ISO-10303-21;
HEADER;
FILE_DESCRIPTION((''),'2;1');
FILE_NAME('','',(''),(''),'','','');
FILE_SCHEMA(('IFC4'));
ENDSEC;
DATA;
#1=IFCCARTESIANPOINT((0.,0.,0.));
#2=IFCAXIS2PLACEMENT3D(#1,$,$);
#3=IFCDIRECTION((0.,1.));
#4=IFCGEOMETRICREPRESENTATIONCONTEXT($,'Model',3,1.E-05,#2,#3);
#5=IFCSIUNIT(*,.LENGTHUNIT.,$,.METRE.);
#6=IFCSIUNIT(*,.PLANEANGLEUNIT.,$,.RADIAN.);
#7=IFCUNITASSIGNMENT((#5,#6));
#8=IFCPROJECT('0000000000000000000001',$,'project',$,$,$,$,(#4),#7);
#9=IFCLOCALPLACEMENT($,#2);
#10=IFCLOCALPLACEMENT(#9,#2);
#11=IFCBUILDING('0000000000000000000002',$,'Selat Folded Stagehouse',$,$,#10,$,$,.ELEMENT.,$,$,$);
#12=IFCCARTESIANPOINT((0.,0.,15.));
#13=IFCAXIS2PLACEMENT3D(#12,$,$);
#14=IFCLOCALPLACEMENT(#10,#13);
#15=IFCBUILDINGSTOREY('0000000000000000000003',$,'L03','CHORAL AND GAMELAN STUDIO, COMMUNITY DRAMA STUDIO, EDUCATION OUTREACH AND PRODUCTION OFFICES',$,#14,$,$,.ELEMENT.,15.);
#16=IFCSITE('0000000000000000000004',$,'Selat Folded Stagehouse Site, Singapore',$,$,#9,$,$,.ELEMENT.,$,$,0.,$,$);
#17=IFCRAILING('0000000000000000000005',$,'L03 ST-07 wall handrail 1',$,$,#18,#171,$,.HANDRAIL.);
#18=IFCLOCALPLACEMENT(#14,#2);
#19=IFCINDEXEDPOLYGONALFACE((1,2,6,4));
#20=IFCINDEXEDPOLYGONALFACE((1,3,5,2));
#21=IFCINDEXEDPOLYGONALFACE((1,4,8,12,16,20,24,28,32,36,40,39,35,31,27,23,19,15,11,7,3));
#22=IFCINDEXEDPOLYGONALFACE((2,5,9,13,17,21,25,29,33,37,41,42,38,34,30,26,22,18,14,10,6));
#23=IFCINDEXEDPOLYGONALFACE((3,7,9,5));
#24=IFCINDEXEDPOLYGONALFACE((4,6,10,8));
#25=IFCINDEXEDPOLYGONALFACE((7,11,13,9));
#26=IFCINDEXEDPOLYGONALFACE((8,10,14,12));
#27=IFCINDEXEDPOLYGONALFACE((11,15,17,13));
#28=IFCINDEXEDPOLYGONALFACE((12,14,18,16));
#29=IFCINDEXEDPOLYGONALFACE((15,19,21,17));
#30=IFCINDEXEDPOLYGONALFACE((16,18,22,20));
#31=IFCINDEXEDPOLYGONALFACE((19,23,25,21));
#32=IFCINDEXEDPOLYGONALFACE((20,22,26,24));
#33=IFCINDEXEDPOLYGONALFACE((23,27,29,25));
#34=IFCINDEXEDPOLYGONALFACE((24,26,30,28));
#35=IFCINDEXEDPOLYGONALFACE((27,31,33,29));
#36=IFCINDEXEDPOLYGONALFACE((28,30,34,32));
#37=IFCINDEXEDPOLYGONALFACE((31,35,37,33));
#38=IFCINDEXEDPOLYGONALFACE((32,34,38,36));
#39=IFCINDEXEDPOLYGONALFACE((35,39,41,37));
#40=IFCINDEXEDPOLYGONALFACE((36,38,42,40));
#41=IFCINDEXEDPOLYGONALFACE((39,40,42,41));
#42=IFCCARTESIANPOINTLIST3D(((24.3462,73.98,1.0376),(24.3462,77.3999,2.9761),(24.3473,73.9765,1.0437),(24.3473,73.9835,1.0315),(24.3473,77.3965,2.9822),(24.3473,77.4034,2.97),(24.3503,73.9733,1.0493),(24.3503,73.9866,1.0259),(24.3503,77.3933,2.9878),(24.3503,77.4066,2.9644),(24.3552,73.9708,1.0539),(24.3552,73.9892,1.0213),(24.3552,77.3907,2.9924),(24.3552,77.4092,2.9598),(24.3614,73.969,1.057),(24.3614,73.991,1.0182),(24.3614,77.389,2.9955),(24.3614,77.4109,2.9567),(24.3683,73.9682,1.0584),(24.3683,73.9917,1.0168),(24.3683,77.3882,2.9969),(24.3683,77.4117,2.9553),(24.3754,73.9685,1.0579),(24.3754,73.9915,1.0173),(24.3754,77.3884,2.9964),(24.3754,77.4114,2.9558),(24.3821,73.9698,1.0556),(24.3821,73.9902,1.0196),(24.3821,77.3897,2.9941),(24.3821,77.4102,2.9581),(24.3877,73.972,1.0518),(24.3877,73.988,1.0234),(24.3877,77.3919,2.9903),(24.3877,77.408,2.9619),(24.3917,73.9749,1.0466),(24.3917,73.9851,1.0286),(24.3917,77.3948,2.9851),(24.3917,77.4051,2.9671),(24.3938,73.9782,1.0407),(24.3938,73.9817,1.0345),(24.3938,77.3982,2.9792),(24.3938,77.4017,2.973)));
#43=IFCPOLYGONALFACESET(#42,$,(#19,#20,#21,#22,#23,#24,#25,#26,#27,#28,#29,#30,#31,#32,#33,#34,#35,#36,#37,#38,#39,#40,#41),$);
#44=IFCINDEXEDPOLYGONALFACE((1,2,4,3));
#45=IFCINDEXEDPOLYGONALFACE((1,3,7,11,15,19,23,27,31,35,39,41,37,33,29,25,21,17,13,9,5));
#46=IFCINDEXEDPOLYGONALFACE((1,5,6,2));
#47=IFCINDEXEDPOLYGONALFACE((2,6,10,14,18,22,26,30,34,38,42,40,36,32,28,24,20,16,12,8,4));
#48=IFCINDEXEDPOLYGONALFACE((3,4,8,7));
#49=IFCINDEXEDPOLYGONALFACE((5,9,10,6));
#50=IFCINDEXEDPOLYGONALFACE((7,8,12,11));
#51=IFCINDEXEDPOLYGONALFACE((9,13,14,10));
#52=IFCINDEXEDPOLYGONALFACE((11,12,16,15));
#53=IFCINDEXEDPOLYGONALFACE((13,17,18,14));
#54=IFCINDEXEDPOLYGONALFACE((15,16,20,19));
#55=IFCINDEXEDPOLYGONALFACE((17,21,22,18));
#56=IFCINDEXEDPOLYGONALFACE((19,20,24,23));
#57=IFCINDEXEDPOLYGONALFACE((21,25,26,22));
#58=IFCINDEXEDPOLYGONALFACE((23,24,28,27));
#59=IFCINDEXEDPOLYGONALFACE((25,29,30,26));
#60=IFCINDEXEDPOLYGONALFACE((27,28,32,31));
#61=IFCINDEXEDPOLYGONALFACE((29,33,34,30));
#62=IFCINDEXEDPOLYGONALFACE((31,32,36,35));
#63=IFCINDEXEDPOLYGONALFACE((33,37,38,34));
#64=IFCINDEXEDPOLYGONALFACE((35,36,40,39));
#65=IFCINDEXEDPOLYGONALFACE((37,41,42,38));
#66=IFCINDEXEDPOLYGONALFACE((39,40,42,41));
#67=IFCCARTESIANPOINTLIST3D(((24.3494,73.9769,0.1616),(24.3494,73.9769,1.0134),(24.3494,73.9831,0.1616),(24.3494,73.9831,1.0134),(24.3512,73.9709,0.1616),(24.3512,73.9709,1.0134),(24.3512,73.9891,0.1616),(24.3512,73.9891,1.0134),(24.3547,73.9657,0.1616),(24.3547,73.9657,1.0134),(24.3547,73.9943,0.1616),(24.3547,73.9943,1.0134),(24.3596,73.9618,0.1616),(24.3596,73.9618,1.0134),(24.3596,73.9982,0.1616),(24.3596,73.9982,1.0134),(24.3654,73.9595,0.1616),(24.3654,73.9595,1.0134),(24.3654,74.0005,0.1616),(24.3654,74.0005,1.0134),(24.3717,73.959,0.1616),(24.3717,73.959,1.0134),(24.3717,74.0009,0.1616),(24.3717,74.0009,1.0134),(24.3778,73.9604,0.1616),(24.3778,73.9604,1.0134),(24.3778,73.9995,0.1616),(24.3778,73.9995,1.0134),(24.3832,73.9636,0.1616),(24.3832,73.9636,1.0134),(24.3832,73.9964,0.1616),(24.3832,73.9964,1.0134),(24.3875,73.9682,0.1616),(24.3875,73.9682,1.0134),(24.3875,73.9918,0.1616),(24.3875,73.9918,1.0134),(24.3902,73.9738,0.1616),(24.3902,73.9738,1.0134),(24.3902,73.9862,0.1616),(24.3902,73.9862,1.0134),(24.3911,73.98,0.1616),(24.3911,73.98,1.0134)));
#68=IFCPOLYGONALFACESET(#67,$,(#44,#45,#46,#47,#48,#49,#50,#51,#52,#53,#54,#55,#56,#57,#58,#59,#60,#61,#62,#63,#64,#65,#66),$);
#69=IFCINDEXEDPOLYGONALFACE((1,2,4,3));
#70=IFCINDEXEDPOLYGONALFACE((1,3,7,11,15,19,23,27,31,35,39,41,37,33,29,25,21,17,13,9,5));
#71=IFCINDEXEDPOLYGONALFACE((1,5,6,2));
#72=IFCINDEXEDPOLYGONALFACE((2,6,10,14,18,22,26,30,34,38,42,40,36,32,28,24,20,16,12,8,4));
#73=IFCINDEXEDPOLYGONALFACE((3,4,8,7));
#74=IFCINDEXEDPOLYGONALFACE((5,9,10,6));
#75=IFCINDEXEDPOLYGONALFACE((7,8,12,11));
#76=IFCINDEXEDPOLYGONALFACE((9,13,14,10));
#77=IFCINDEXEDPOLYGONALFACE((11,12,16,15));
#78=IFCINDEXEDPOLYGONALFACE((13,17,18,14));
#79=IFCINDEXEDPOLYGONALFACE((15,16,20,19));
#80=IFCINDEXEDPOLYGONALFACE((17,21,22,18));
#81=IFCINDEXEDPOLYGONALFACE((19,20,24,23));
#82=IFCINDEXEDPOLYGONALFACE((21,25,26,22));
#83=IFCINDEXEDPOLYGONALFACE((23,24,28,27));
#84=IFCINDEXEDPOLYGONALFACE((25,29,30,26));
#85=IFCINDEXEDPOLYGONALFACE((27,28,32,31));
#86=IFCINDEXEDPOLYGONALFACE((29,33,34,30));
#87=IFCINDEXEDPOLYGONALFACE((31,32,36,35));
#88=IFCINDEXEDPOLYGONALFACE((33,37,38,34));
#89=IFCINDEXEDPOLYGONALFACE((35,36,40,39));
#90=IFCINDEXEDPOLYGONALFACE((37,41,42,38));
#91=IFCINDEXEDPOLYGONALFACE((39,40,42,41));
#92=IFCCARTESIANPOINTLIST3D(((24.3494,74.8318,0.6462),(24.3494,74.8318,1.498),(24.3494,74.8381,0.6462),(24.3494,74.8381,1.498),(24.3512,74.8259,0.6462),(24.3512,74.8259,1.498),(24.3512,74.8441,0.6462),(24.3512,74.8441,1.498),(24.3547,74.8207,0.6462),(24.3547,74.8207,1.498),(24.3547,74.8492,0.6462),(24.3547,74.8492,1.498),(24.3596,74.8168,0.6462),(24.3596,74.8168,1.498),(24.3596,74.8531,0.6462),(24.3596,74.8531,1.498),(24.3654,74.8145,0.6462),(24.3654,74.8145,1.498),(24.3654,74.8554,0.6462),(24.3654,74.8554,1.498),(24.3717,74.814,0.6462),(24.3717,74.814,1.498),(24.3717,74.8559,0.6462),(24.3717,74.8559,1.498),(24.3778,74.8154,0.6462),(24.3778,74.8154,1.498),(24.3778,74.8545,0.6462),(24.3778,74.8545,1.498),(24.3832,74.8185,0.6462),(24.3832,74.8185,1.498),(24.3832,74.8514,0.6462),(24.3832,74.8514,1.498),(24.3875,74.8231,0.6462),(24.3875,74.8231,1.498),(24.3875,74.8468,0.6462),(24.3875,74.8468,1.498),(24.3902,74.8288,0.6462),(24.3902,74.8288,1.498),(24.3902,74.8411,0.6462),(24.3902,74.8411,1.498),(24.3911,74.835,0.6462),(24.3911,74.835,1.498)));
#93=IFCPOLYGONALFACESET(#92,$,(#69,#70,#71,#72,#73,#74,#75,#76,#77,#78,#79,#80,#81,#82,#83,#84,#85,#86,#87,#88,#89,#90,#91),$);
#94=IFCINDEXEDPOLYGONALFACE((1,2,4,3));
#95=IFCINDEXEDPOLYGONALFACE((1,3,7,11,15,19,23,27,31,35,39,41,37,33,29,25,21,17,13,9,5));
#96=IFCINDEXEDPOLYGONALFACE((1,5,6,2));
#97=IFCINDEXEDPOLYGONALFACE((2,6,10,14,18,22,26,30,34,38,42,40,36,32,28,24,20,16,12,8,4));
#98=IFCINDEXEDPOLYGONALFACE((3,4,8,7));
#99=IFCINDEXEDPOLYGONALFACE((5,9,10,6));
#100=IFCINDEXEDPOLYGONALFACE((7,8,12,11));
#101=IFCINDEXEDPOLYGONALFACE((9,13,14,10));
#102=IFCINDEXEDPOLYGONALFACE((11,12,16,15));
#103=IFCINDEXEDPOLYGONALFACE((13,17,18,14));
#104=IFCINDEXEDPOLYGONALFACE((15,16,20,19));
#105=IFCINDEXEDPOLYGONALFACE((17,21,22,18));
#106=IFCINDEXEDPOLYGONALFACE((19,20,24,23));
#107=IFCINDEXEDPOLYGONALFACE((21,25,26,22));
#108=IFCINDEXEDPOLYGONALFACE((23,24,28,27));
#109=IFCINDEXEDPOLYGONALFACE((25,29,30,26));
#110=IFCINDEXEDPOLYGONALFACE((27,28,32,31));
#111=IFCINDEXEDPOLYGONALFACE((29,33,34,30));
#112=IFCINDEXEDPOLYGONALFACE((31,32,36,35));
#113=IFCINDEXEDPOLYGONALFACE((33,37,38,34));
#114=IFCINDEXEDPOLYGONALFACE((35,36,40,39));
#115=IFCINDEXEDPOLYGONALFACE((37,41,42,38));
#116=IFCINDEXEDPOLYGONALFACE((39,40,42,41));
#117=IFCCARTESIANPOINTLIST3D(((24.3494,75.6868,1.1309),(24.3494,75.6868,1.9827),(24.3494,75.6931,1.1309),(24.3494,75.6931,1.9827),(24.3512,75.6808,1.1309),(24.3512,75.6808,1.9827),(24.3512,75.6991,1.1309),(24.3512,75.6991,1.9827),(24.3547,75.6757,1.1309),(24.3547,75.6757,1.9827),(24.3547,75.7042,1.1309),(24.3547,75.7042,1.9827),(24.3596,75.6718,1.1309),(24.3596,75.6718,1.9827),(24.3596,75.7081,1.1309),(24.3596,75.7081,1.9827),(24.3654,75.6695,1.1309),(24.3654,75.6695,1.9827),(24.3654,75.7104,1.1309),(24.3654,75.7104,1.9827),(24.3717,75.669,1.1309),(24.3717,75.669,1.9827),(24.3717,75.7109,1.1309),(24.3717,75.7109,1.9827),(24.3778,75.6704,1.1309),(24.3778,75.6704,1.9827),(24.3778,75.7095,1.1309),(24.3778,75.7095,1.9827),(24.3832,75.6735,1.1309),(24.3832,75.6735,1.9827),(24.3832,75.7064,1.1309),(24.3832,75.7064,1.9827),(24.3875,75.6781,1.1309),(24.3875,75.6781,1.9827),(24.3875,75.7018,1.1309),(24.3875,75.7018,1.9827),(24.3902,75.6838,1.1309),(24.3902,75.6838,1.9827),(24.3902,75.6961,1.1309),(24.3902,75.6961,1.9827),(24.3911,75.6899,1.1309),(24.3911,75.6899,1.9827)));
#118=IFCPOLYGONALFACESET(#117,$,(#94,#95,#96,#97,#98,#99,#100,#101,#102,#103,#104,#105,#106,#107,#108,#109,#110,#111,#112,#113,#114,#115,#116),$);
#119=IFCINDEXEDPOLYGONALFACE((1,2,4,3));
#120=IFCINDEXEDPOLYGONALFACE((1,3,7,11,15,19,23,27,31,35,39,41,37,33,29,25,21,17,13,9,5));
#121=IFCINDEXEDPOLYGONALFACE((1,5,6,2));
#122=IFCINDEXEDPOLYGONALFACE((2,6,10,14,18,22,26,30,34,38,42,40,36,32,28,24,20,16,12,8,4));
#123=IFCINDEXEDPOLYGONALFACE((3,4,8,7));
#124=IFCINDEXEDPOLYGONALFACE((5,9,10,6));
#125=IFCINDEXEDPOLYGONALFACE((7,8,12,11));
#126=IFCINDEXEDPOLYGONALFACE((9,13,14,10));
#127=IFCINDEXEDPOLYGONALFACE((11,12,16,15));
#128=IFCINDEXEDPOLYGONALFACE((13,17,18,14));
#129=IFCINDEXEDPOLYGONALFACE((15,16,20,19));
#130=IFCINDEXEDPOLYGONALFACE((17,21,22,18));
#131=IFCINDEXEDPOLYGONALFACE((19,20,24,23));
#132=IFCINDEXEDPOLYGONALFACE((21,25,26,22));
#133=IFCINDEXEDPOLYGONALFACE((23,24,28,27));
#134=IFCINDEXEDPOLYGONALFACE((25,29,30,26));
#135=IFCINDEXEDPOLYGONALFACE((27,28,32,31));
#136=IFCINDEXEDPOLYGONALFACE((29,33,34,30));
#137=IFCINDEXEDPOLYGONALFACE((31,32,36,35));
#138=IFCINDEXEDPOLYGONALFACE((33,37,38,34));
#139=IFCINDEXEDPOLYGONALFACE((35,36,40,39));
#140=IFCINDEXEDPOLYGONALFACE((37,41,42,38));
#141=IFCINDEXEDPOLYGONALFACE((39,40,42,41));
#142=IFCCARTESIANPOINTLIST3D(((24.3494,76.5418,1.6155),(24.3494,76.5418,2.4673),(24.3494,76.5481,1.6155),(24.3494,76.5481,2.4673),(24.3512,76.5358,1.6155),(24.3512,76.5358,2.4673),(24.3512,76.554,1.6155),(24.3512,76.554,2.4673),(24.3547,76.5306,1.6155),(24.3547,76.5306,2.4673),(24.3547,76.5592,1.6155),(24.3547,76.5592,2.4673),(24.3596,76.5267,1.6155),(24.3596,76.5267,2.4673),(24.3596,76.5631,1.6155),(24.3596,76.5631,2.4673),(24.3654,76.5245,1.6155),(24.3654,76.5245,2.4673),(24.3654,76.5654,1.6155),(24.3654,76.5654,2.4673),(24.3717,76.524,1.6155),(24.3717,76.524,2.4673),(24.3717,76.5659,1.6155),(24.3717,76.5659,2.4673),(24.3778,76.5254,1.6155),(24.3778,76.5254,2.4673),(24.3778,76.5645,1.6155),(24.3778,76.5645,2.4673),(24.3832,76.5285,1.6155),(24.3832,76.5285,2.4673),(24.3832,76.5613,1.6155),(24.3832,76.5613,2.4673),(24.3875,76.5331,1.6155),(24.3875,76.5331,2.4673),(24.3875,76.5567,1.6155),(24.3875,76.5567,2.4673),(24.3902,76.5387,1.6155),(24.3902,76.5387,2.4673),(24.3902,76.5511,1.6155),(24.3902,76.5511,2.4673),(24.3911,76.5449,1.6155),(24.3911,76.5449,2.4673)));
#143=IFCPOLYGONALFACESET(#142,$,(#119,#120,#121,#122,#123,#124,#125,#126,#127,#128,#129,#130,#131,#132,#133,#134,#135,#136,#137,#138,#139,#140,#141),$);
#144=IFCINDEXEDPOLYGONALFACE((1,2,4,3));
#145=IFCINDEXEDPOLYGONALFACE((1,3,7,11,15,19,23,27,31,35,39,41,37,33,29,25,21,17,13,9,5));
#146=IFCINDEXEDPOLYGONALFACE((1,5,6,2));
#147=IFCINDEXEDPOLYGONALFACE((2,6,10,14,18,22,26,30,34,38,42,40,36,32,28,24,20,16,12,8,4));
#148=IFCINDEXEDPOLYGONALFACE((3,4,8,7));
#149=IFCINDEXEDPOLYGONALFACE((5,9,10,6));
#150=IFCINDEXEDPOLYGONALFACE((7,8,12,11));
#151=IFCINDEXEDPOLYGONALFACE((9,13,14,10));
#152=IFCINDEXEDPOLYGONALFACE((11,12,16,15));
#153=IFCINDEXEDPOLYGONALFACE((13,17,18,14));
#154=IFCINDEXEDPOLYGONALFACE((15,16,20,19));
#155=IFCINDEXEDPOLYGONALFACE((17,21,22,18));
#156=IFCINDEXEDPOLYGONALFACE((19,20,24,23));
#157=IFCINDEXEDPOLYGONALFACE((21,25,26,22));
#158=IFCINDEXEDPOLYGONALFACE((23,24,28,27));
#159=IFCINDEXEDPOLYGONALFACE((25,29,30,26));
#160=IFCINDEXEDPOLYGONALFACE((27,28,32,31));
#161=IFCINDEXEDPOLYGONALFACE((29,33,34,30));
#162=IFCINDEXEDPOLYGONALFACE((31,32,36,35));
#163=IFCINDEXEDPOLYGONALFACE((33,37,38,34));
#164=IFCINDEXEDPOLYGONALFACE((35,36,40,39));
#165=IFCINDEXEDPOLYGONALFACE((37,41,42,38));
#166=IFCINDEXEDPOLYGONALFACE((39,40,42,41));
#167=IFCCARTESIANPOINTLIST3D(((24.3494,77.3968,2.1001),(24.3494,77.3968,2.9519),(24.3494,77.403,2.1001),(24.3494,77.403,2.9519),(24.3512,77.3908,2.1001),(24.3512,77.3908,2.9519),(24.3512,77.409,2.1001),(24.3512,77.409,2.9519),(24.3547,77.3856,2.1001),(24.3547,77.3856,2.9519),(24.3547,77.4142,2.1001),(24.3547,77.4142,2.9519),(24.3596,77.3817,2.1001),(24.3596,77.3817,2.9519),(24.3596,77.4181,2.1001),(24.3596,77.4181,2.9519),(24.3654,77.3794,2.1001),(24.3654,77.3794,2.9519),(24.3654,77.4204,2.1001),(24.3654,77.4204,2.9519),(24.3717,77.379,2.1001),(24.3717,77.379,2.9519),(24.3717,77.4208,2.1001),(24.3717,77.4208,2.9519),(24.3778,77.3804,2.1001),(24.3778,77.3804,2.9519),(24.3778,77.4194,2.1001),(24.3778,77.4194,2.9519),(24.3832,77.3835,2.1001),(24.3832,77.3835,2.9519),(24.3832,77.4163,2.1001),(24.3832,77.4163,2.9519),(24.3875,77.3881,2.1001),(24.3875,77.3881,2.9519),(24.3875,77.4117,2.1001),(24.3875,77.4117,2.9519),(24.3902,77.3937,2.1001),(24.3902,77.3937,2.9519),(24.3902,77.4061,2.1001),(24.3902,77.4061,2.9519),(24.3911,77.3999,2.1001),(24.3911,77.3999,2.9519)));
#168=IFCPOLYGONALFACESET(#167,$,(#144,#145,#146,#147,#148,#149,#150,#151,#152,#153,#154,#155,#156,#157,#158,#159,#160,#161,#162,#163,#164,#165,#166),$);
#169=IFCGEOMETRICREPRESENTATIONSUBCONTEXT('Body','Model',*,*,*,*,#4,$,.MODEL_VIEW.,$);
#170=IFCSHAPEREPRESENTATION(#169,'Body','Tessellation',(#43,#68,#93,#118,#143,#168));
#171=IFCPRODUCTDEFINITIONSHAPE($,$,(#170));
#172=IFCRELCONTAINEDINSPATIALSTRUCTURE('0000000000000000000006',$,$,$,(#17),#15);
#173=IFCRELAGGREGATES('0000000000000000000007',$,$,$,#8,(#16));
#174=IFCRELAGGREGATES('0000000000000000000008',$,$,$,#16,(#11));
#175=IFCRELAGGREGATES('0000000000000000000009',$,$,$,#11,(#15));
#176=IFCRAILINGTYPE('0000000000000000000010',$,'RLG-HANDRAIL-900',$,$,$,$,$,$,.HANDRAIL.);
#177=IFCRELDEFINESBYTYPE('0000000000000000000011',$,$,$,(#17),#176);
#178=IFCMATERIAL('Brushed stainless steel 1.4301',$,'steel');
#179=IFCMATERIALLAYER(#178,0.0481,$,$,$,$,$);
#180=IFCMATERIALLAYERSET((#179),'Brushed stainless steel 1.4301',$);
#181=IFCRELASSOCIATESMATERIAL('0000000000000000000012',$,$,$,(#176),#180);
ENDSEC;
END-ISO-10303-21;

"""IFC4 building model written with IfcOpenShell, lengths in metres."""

from ifc_helpers import new_model, si_unit, direction, frame, origin, origin_2d, place, context, subcontext, project, spatial, circle, extrude, material, layer, layer_set, type_object, element, save


model = new_model("IFC4")

# Units and contexts
model_context = context("Model", 3, precision=1e-05, world=origin(), true_north=direction((0.0, 1.0)))
body_context = subcontext(model_context, "Body", "Model", "MODEL_VIEW")
ifc_project = project(units=[si_unit("LENGTHUNIT", "METRE"), si_unit("PLANEANGLEUNIT", "RADIAN")], contexts=[model_context])

# Site, building, storey
site_placement = place(None, origin())
site = spatial("IfcSite", under=ifc_project, at=site_placement, Name="Selat Folded Stagehouse Site, Singapore", CompositionType="ELEMENT", RefElevation=0.0)
building_placement = place(site_placement, origin())
building = spatial("IfcBuilding", under=site, at=building_placement, Name="Selat Folded Stagehouse", CompositionType="ELEMENT")
storey_placement = place(building_placement, frame((0.0, 0.0, 15.0)))
storey = spatial("IfcBuildingStorey", under=building, at=storey_placement, Name="L03", Description="CHORAL AND GAMELAN STUDIO, COMMUNITY DRAMA STUDIO, EDUCATION OUTREACH AND PRODUCTION OFFICES", CompositionType="ELEMENT", Elevation=15.0)

# Railing
ifc_material_1 = material(Name="Brushed stainless steel 1.4301", Category="steel")
ifc_layer_1 = layer(ifc_material_1, 0.0481)
ifc_layer_set_1 = layer_set([ifc_layer_1], Name="Brushed stainless steel 1.4301")
railing_type = type_object("IfcRailingType", Name="RLG-HANDRAIL-900", PredefinedType="HANDRAIL", material=ifc_layer_set_1)
railing_placement = place(storey_placement, frame((24.3701, 73.98, 0.1616)))
element("IfcRailing", 1, at=railing_placement, inside=storey, type_object=railing_type, Name="L03 ST-07 wall handrail 1", PredefinedType="HANDRAIL", context=body_context, shape_type="SweptSolid", body=[
    extrude(circle(Radius=0.0239, at=origin_2d()), frame((0.0, 0.0, 0.876), z_axis=(0.0, 0.869965, 0.493113), x_axis=(-1.0, 0.0, 0.0)), (0.0, 0.0, 1.0), 3.9312),
    extrude(circle(Radius=0.021, at=origin_2d()), origin(), (0.0, 0.0, 1.0), 0.8518),
    extrude(circle(Radius=0.021, at=origin_2d()), frame((0.0, 0.855, 0.4846)), (0.0, 0.0, 1.0), 0.8518),
    extrude(circle(Radius=0.021, at=origin_2d()), frame((0.0, 1.71, 0.9692)), (0.0, 0.0, 1.0), 0.8518),
    extrude(circle(Radius=0.021, at=origin_2d()), frame((0.0, 2.5649, 1.4539)), (0.0, 0.0, 1.0), 0.8518),
    extrude(circle(Radius=0.021, at=origin_2d()), frame((0.0, 3.4199, 1.9385)), (0.0, 0.0, 1.0), 0.8518),
])

save(model, "model.ifc")
